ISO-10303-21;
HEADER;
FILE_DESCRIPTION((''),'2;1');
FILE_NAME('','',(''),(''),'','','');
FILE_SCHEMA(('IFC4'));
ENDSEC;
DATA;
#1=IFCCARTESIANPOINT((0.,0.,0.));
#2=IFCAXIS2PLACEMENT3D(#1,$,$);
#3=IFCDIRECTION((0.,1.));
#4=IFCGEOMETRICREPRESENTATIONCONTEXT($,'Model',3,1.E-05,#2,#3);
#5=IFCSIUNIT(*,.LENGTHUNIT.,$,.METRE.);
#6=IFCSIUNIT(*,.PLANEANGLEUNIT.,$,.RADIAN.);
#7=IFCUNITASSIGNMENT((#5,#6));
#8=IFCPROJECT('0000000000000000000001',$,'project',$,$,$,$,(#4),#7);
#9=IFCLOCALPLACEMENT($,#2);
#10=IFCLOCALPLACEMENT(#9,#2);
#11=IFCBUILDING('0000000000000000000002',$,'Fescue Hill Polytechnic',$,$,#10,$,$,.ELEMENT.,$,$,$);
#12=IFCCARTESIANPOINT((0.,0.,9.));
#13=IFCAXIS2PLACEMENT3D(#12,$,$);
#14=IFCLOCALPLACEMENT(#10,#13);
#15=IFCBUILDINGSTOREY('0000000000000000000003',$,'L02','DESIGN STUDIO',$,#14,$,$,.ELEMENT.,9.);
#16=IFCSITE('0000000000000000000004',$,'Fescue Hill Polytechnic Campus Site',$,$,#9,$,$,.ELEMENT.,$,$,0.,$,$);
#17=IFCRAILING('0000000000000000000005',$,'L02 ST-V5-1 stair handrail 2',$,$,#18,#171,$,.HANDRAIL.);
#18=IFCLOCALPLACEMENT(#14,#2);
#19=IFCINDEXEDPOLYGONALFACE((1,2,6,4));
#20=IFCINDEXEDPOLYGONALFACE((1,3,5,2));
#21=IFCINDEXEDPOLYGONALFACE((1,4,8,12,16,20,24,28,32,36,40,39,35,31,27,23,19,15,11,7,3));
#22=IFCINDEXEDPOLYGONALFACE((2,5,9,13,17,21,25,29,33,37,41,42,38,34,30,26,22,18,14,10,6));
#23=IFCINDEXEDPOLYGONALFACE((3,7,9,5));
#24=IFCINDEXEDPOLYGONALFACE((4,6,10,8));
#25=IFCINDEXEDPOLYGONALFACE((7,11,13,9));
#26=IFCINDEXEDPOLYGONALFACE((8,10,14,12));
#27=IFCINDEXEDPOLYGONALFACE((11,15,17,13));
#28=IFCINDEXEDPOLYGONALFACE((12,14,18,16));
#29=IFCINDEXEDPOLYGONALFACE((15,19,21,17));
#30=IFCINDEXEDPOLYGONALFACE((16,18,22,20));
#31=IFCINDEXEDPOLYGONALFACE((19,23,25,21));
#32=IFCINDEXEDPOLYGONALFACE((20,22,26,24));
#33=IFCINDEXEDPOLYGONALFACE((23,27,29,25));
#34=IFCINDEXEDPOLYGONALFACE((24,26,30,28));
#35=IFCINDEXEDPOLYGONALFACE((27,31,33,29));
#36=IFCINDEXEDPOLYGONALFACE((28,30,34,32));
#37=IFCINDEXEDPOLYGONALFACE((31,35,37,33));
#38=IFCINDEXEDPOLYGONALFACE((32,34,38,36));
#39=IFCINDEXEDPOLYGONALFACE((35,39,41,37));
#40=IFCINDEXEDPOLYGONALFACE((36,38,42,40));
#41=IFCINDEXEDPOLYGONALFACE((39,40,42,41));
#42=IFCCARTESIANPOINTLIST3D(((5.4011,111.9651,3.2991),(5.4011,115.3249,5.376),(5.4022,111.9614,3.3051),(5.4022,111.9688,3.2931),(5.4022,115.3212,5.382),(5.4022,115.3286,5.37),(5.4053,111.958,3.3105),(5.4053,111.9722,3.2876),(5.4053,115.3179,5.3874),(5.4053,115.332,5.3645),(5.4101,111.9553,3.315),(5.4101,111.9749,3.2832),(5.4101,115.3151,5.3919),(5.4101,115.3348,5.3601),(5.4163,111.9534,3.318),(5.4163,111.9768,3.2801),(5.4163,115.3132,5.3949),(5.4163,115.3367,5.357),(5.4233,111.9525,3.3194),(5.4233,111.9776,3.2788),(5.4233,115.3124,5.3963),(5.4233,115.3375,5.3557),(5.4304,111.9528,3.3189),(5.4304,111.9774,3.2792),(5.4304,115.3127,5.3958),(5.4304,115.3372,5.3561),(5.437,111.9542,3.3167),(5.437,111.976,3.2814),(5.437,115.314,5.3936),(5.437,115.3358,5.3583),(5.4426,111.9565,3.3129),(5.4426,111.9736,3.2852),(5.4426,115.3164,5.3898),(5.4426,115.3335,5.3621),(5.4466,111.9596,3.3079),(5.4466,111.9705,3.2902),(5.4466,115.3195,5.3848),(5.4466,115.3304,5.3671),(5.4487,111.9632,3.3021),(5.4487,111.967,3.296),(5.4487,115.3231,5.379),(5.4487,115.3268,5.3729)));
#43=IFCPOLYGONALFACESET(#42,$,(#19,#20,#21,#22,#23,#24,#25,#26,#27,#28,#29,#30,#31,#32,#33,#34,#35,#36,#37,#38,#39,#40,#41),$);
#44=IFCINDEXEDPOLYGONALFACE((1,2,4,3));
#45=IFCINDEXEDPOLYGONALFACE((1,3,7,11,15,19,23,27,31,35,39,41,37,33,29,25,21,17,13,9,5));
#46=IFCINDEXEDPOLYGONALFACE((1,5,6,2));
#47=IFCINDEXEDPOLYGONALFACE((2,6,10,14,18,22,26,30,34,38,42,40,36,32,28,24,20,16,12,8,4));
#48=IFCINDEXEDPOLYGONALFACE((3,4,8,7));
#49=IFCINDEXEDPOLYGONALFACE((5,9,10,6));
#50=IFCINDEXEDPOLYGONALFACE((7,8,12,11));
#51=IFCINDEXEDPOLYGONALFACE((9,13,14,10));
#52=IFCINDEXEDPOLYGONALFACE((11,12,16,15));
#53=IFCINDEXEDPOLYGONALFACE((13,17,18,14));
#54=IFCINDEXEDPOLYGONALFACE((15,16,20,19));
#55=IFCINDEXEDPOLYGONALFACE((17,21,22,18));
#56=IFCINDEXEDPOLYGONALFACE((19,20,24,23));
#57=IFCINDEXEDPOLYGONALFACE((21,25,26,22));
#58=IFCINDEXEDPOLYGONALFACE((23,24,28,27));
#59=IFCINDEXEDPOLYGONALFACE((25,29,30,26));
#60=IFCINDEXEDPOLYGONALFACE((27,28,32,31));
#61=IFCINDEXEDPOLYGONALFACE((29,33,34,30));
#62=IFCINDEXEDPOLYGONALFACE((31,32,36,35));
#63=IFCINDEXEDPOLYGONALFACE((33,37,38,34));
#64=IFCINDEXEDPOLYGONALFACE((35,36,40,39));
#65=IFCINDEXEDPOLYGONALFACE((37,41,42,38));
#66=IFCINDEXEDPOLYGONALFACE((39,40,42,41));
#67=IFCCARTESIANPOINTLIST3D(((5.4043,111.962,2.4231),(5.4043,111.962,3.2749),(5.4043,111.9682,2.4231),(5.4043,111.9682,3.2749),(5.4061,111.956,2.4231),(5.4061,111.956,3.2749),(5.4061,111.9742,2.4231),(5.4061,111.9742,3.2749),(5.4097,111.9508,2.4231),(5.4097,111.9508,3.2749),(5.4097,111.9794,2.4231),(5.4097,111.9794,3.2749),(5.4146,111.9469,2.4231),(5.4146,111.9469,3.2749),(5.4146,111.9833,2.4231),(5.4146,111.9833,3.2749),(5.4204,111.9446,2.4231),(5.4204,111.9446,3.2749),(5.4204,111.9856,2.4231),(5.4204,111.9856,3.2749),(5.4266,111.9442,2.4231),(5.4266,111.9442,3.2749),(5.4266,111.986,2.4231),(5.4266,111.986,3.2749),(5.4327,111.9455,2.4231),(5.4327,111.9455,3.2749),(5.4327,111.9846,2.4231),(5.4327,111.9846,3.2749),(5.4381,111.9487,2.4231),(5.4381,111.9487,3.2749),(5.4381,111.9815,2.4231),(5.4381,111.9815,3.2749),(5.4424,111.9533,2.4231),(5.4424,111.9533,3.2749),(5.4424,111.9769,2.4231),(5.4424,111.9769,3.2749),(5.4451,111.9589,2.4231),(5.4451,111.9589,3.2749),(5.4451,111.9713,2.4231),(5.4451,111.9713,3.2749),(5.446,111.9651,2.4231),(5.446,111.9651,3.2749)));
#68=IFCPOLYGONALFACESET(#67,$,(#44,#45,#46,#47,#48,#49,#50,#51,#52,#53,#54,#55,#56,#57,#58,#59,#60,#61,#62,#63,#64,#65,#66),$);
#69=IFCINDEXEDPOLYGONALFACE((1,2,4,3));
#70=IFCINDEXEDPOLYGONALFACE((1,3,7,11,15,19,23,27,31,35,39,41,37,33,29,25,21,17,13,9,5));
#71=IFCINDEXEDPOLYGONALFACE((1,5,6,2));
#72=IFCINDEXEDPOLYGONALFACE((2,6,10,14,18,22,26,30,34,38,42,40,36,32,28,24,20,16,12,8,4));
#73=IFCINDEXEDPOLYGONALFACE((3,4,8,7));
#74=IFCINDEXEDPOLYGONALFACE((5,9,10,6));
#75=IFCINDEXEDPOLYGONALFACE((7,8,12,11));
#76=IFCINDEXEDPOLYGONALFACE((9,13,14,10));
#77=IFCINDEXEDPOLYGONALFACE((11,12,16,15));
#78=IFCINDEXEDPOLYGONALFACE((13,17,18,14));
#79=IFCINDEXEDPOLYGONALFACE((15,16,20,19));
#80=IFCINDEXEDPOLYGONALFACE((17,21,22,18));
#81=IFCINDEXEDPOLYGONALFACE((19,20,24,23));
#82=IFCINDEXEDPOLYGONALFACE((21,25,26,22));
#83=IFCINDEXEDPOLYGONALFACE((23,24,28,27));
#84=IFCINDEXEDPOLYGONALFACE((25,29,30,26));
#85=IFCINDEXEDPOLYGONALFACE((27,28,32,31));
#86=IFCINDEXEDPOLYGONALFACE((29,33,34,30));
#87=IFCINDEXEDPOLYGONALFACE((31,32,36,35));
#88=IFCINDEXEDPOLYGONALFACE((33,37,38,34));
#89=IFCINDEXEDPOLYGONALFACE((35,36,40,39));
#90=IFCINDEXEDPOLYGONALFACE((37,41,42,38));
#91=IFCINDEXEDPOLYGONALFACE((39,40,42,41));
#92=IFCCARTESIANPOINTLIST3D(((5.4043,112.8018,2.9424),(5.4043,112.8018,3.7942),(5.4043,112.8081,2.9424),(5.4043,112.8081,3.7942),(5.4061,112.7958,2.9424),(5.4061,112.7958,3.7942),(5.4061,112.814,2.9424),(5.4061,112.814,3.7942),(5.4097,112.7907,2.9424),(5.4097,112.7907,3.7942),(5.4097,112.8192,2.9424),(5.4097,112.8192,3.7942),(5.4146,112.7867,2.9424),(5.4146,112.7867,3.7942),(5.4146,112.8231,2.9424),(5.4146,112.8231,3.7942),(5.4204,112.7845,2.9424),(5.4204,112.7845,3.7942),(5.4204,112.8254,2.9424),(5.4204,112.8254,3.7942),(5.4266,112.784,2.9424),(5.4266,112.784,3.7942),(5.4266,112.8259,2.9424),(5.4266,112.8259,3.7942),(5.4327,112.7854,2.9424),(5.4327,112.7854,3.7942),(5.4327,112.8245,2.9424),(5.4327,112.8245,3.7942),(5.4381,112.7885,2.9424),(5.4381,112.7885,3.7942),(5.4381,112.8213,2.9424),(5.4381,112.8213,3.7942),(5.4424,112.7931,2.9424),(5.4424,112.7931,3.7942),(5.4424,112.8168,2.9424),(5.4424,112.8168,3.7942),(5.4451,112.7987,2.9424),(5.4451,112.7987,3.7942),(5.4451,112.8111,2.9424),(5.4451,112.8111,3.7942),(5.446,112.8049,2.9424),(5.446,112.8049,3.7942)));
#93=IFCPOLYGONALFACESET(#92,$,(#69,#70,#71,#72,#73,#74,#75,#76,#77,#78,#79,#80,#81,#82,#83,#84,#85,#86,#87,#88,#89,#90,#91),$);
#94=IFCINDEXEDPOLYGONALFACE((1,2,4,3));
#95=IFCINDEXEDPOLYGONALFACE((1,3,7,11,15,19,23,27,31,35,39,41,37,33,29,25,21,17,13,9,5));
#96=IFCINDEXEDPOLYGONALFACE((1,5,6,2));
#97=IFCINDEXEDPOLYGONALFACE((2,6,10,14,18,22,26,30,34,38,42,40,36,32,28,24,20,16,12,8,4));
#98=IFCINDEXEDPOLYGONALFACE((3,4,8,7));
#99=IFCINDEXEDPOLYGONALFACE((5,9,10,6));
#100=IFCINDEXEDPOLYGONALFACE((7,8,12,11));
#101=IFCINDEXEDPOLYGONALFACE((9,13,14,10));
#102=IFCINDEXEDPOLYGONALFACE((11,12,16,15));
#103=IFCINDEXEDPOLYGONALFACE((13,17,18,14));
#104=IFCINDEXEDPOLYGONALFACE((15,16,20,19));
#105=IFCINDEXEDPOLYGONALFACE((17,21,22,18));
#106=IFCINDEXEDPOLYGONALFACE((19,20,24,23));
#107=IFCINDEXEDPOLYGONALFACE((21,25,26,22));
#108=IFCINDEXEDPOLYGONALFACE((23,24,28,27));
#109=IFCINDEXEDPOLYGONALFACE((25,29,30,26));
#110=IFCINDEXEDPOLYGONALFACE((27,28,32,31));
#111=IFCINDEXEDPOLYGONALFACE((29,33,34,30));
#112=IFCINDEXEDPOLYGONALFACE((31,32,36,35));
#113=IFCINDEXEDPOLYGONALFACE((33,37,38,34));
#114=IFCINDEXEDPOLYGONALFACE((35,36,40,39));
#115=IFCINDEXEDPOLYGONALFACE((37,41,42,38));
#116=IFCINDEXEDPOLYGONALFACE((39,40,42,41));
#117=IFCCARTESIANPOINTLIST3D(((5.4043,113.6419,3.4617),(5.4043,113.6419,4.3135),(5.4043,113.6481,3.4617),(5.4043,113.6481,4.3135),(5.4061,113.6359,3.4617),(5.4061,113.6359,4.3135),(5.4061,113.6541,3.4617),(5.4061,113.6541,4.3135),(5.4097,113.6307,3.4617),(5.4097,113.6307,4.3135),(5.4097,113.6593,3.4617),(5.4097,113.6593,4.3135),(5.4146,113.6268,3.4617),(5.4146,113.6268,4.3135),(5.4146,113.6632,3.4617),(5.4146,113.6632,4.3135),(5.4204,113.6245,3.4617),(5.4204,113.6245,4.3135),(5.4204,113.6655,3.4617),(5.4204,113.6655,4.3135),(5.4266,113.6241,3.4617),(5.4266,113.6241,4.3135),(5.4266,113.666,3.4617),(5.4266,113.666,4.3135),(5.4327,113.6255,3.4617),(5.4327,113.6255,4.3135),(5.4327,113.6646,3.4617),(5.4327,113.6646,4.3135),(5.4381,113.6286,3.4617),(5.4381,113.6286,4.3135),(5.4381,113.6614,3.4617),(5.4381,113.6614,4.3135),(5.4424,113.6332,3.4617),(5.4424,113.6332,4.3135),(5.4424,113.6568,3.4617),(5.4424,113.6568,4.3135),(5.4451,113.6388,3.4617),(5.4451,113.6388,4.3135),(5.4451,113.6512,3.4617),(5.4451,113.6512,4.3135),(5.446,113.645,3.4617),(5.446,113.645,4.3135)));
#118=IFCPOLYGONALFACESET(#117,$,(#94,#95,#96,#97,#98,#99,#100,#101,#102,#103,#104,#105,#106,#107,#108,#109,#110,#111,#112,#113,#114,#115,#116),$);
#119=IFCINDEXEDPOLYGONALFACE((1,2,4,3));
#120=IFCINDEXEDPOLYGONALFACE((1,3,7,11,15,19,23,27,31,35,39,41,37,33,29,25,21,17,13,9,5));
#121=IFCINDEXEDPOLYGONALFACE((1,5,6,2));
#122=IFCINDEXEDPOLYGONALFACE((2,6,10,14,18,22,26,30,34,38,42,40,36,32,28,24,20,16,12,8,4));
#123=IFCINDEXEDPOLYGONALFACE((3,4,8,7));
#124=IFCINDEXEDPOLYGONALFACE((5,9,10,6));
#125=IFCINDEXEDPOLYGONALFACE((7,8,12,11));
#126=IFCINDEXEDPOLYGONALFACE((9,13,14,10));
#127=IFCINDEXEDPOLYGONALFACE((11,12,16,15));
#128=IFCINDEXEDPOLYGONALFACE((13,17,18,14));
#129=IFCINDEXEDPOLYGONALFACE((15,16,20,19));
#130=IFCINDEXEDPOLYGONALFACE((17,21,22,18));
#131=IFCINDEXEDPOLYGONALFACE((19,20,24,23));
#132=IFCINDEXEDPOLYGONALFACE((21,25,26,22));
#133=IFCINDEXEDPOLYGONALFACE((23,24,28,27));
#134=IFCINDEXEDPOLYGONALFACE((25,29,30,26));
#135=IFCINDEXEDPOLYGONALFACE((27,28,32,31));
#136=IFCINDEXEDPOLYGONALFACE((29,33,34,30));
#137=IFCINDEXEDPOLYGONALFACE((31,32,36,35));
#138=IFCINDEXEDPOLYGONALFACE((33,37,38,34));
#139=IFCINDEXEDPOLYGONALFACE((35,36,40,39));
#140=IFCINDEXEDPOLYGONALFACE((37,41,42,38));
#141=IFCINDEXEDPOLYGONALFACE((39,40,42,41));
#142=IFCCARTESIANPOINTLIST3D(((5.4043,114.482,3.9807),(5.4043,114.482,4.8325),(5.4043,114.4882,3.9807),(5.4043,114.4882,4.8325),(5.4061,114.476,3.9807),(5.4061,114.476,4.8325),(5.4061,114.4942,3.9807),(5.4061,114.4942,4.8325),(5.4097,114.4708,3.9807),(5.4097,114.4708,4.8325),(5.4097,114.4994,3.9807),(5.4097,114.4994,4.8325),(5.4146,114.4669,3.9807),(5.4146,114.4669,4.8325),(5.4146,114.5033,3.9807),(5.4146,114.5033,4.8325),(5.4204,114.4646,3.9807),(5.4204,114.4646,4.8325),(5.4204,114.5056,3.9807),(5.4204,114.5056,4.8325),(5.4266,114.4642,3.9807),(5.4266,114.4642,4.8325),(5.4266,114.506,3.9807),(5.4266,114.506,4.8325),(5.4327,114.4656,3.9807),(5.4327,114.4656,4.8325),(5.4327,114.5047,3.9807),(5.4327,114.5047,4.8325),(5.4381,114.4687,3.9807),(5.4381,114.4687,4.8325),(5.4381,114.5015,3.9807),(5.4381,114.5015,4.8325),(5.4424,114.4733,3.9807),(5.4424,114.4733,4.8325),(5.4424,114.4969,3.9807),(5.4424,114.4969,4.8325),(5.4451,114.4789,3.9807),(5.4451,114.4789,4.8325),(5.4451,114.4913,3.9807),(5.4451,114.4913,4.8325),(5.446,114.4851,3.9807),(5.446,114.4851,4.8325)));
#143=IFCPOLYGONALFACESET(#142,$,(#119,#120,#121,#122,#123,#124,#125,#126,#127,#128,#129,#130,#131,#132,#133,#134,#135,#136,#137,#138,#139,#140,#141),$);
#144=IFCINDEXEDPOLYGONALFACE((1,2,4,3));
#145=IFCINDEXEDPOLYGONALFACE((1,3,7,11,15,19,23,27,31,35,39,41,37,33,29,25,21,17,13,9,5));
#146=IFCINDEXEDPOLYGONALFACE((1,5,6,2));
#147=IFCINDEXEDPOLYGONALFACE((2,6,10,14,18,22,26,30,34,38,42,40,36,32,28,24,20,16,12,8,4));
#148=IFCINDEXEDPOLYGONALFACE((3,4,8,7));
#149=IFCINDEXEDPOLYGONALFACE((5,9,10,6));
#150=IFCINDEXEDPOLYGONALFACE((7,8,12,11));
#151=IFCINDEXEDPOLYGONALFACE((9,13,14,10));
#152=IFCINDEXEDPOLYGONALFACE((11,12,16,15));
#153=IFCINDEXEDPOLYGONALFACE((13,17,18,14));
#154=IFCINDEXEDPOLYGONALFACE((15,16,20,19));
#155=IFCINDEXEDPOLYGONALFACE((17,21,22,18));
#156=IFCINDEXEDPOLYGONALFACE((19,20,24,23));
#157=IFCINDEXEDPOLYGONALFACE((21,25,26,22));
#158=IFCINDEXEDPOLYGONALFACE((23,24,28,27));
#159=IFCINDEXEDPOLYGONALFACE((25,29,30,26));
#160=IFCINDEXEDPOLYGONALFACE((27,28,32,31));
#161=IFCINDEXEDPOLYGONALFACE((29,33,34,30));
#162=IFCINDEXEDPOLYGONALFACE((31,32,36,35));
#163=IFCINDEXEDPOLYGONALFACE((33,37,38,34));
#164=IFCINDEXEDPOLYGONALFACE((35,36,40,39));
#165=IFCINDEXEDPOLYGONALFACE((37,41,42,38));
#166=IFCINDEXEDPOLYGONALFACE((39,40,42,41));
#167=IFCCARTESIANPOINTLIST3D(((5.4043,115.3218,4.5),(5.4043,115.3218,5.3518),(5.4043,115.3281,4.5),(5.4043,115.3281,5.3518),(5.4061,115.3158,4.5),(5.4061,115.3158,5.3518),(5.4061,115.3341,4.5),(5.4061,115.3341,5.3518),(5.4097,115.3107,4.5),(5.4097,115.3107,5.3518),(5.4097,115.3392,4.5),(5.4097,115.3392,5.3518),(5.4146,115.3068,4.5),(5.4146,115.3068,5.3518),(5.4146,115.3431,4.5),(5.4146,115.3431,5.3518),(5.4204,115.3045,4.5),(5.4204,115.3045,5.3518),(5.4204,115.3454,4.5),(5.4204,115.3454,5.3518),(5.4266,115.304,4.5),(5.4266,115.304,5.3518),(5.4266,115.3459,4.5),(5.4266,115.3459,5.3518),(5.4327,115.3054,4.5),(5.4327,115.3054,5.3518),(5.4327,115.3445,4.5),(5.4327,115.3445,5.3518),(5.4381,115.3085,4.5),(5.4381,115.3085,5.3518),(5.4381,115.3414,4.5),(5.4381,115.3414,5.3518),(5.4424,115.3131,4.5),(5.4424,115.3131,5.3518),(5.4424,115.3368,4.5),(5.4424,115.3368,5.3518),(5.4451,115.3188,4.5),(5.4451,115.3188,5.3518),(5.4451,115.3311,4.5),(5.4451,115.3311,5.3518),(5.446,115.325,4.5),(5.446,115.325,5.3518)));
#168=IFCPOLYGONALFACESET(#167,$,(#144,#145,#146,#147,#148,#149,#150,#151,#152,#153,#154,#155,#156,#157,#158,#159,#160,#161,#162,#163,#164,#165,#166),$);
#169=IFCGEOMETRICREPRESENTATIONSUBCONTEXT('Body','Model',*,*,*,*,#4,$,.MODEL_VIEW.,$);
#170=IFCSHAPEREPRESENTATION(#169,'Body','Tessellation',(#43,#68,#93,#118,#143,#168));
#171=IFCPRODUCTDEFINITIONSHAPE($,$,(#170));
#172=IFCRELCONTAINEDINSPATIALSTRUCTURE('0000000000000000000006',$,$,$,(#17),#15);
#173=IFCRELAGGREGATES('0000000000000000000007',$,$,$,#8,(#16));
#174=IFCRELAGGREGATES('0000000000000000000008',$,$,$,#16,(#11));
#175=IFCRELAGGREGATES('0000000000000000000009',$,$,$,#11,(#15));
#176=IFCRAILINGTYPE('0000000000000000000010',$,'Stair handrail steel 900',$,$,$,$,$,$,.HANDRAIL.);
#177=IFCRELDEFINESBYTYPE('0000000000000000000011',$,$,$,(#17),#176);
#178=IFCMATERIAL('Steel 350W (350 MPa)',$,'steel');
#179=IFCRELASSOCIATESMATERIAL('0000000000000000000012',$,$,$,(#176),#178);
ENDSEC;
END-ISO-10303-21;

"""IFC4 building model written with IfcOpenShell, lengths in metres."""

from ifc_helpers import new_model, si_unit, direction, frame, origin, origin_2d, place, context, subcontext, project, spatial, circle, extrude, material, type_object, element, save


model = new_model("IFC4")

# Units and contexts
model_context = context("Model", 3, precision=1e-05, world=origin(), true_north=direction((0.0, 1.0)))
body_context = subcontext(model_context, "Body", "Model", "MODEL_VIEW")
ifc_project = project(units=[si_unit("LENGTHUNIT", "METRE"), si_unit("PLANEANGLEUNIT", "RADIAN")], contexts=[model_context])

# Site, building, storey
site_placement = place(None, origin())
site = spatial("IfcSite", under=ifc_project, at=site_placement, Name="Fescue Hill Polytechnic Campus Site", CompositionType="ELEMENT", RefElevation=0.0)
building_placement = place(site_placement, origin())
building = spatial("IfcBuilding", under=site, at=building_placement, Name="Fescue Hill Polytechnic", CompositionType="ELEMENT")
storey_placement = place(building_placement, frame((0.0, 0.0, 9.0)))
storey = spatial("IfcBuildingStorey", under=building, at=storey_placement, Name="L02", Description="DESIGN STUDIO", CompositionType="ELEMENT", Elevation=9.0)

# Railing
ifc_material_1 = material(Name="Steel 350W (350 MPa)", Category="steel")
railing_type_1 = type_object("IfcRailingType", Name="Stair handrail steel 900", PredefinedType="HANDRAIL", material=ifc_material_1)
railing_1_placement = place(storey_placement, frame((5.425, 111.9651, 2.4231)))
element("IfcRailing", 1, at=railing_1_placement, inside=storey, type_object=railing_type_1, Name="L02 ST-V5-1 stair handrail 2", PredefinedType="HANDRAIL", context=body_context, shape_type="SweptSolid", body=[
    extrude(circle(Radius=0.0239, at=origin_2d()), frame((0.0, 0.0, 0.876), z_axis=(0.0, 0.850606, 0.525803), x_axis=(-1.0, 0.0, 0.0)), (0.0, 0.0, 1.0), 3.95),
    extrude(circle(Radius=0.021, at=origin_2d()), origin(), (0.0, 0.0, 1.0), 0.8518),
    extrude(circle(Radius=0.021, at=origin_2d()), frame((0.0, 0.8398, 0.5193)), (0.0, 0.0, 1.0), 0.8518),
    extrude(circle(Radius=0.021, at=origin_2d()), frame((0.0, 1.6799, 1.0386)), (0.0, 0.0, 1.0), 0.8518),
    extrude(circle(Radius=0.021, at=origin_2d()), frame((0.0, 2.52, 1.5576)), (0.0, 0.0, 1.0), 0.8518),
    extrude(circle(Radius=0.021, at=origin_2d()), frame((0.0, 3.3599, 2.0769)), (0.0, 0.0, 1.0), 0.8518),
])

save(model, "model.ifc")
